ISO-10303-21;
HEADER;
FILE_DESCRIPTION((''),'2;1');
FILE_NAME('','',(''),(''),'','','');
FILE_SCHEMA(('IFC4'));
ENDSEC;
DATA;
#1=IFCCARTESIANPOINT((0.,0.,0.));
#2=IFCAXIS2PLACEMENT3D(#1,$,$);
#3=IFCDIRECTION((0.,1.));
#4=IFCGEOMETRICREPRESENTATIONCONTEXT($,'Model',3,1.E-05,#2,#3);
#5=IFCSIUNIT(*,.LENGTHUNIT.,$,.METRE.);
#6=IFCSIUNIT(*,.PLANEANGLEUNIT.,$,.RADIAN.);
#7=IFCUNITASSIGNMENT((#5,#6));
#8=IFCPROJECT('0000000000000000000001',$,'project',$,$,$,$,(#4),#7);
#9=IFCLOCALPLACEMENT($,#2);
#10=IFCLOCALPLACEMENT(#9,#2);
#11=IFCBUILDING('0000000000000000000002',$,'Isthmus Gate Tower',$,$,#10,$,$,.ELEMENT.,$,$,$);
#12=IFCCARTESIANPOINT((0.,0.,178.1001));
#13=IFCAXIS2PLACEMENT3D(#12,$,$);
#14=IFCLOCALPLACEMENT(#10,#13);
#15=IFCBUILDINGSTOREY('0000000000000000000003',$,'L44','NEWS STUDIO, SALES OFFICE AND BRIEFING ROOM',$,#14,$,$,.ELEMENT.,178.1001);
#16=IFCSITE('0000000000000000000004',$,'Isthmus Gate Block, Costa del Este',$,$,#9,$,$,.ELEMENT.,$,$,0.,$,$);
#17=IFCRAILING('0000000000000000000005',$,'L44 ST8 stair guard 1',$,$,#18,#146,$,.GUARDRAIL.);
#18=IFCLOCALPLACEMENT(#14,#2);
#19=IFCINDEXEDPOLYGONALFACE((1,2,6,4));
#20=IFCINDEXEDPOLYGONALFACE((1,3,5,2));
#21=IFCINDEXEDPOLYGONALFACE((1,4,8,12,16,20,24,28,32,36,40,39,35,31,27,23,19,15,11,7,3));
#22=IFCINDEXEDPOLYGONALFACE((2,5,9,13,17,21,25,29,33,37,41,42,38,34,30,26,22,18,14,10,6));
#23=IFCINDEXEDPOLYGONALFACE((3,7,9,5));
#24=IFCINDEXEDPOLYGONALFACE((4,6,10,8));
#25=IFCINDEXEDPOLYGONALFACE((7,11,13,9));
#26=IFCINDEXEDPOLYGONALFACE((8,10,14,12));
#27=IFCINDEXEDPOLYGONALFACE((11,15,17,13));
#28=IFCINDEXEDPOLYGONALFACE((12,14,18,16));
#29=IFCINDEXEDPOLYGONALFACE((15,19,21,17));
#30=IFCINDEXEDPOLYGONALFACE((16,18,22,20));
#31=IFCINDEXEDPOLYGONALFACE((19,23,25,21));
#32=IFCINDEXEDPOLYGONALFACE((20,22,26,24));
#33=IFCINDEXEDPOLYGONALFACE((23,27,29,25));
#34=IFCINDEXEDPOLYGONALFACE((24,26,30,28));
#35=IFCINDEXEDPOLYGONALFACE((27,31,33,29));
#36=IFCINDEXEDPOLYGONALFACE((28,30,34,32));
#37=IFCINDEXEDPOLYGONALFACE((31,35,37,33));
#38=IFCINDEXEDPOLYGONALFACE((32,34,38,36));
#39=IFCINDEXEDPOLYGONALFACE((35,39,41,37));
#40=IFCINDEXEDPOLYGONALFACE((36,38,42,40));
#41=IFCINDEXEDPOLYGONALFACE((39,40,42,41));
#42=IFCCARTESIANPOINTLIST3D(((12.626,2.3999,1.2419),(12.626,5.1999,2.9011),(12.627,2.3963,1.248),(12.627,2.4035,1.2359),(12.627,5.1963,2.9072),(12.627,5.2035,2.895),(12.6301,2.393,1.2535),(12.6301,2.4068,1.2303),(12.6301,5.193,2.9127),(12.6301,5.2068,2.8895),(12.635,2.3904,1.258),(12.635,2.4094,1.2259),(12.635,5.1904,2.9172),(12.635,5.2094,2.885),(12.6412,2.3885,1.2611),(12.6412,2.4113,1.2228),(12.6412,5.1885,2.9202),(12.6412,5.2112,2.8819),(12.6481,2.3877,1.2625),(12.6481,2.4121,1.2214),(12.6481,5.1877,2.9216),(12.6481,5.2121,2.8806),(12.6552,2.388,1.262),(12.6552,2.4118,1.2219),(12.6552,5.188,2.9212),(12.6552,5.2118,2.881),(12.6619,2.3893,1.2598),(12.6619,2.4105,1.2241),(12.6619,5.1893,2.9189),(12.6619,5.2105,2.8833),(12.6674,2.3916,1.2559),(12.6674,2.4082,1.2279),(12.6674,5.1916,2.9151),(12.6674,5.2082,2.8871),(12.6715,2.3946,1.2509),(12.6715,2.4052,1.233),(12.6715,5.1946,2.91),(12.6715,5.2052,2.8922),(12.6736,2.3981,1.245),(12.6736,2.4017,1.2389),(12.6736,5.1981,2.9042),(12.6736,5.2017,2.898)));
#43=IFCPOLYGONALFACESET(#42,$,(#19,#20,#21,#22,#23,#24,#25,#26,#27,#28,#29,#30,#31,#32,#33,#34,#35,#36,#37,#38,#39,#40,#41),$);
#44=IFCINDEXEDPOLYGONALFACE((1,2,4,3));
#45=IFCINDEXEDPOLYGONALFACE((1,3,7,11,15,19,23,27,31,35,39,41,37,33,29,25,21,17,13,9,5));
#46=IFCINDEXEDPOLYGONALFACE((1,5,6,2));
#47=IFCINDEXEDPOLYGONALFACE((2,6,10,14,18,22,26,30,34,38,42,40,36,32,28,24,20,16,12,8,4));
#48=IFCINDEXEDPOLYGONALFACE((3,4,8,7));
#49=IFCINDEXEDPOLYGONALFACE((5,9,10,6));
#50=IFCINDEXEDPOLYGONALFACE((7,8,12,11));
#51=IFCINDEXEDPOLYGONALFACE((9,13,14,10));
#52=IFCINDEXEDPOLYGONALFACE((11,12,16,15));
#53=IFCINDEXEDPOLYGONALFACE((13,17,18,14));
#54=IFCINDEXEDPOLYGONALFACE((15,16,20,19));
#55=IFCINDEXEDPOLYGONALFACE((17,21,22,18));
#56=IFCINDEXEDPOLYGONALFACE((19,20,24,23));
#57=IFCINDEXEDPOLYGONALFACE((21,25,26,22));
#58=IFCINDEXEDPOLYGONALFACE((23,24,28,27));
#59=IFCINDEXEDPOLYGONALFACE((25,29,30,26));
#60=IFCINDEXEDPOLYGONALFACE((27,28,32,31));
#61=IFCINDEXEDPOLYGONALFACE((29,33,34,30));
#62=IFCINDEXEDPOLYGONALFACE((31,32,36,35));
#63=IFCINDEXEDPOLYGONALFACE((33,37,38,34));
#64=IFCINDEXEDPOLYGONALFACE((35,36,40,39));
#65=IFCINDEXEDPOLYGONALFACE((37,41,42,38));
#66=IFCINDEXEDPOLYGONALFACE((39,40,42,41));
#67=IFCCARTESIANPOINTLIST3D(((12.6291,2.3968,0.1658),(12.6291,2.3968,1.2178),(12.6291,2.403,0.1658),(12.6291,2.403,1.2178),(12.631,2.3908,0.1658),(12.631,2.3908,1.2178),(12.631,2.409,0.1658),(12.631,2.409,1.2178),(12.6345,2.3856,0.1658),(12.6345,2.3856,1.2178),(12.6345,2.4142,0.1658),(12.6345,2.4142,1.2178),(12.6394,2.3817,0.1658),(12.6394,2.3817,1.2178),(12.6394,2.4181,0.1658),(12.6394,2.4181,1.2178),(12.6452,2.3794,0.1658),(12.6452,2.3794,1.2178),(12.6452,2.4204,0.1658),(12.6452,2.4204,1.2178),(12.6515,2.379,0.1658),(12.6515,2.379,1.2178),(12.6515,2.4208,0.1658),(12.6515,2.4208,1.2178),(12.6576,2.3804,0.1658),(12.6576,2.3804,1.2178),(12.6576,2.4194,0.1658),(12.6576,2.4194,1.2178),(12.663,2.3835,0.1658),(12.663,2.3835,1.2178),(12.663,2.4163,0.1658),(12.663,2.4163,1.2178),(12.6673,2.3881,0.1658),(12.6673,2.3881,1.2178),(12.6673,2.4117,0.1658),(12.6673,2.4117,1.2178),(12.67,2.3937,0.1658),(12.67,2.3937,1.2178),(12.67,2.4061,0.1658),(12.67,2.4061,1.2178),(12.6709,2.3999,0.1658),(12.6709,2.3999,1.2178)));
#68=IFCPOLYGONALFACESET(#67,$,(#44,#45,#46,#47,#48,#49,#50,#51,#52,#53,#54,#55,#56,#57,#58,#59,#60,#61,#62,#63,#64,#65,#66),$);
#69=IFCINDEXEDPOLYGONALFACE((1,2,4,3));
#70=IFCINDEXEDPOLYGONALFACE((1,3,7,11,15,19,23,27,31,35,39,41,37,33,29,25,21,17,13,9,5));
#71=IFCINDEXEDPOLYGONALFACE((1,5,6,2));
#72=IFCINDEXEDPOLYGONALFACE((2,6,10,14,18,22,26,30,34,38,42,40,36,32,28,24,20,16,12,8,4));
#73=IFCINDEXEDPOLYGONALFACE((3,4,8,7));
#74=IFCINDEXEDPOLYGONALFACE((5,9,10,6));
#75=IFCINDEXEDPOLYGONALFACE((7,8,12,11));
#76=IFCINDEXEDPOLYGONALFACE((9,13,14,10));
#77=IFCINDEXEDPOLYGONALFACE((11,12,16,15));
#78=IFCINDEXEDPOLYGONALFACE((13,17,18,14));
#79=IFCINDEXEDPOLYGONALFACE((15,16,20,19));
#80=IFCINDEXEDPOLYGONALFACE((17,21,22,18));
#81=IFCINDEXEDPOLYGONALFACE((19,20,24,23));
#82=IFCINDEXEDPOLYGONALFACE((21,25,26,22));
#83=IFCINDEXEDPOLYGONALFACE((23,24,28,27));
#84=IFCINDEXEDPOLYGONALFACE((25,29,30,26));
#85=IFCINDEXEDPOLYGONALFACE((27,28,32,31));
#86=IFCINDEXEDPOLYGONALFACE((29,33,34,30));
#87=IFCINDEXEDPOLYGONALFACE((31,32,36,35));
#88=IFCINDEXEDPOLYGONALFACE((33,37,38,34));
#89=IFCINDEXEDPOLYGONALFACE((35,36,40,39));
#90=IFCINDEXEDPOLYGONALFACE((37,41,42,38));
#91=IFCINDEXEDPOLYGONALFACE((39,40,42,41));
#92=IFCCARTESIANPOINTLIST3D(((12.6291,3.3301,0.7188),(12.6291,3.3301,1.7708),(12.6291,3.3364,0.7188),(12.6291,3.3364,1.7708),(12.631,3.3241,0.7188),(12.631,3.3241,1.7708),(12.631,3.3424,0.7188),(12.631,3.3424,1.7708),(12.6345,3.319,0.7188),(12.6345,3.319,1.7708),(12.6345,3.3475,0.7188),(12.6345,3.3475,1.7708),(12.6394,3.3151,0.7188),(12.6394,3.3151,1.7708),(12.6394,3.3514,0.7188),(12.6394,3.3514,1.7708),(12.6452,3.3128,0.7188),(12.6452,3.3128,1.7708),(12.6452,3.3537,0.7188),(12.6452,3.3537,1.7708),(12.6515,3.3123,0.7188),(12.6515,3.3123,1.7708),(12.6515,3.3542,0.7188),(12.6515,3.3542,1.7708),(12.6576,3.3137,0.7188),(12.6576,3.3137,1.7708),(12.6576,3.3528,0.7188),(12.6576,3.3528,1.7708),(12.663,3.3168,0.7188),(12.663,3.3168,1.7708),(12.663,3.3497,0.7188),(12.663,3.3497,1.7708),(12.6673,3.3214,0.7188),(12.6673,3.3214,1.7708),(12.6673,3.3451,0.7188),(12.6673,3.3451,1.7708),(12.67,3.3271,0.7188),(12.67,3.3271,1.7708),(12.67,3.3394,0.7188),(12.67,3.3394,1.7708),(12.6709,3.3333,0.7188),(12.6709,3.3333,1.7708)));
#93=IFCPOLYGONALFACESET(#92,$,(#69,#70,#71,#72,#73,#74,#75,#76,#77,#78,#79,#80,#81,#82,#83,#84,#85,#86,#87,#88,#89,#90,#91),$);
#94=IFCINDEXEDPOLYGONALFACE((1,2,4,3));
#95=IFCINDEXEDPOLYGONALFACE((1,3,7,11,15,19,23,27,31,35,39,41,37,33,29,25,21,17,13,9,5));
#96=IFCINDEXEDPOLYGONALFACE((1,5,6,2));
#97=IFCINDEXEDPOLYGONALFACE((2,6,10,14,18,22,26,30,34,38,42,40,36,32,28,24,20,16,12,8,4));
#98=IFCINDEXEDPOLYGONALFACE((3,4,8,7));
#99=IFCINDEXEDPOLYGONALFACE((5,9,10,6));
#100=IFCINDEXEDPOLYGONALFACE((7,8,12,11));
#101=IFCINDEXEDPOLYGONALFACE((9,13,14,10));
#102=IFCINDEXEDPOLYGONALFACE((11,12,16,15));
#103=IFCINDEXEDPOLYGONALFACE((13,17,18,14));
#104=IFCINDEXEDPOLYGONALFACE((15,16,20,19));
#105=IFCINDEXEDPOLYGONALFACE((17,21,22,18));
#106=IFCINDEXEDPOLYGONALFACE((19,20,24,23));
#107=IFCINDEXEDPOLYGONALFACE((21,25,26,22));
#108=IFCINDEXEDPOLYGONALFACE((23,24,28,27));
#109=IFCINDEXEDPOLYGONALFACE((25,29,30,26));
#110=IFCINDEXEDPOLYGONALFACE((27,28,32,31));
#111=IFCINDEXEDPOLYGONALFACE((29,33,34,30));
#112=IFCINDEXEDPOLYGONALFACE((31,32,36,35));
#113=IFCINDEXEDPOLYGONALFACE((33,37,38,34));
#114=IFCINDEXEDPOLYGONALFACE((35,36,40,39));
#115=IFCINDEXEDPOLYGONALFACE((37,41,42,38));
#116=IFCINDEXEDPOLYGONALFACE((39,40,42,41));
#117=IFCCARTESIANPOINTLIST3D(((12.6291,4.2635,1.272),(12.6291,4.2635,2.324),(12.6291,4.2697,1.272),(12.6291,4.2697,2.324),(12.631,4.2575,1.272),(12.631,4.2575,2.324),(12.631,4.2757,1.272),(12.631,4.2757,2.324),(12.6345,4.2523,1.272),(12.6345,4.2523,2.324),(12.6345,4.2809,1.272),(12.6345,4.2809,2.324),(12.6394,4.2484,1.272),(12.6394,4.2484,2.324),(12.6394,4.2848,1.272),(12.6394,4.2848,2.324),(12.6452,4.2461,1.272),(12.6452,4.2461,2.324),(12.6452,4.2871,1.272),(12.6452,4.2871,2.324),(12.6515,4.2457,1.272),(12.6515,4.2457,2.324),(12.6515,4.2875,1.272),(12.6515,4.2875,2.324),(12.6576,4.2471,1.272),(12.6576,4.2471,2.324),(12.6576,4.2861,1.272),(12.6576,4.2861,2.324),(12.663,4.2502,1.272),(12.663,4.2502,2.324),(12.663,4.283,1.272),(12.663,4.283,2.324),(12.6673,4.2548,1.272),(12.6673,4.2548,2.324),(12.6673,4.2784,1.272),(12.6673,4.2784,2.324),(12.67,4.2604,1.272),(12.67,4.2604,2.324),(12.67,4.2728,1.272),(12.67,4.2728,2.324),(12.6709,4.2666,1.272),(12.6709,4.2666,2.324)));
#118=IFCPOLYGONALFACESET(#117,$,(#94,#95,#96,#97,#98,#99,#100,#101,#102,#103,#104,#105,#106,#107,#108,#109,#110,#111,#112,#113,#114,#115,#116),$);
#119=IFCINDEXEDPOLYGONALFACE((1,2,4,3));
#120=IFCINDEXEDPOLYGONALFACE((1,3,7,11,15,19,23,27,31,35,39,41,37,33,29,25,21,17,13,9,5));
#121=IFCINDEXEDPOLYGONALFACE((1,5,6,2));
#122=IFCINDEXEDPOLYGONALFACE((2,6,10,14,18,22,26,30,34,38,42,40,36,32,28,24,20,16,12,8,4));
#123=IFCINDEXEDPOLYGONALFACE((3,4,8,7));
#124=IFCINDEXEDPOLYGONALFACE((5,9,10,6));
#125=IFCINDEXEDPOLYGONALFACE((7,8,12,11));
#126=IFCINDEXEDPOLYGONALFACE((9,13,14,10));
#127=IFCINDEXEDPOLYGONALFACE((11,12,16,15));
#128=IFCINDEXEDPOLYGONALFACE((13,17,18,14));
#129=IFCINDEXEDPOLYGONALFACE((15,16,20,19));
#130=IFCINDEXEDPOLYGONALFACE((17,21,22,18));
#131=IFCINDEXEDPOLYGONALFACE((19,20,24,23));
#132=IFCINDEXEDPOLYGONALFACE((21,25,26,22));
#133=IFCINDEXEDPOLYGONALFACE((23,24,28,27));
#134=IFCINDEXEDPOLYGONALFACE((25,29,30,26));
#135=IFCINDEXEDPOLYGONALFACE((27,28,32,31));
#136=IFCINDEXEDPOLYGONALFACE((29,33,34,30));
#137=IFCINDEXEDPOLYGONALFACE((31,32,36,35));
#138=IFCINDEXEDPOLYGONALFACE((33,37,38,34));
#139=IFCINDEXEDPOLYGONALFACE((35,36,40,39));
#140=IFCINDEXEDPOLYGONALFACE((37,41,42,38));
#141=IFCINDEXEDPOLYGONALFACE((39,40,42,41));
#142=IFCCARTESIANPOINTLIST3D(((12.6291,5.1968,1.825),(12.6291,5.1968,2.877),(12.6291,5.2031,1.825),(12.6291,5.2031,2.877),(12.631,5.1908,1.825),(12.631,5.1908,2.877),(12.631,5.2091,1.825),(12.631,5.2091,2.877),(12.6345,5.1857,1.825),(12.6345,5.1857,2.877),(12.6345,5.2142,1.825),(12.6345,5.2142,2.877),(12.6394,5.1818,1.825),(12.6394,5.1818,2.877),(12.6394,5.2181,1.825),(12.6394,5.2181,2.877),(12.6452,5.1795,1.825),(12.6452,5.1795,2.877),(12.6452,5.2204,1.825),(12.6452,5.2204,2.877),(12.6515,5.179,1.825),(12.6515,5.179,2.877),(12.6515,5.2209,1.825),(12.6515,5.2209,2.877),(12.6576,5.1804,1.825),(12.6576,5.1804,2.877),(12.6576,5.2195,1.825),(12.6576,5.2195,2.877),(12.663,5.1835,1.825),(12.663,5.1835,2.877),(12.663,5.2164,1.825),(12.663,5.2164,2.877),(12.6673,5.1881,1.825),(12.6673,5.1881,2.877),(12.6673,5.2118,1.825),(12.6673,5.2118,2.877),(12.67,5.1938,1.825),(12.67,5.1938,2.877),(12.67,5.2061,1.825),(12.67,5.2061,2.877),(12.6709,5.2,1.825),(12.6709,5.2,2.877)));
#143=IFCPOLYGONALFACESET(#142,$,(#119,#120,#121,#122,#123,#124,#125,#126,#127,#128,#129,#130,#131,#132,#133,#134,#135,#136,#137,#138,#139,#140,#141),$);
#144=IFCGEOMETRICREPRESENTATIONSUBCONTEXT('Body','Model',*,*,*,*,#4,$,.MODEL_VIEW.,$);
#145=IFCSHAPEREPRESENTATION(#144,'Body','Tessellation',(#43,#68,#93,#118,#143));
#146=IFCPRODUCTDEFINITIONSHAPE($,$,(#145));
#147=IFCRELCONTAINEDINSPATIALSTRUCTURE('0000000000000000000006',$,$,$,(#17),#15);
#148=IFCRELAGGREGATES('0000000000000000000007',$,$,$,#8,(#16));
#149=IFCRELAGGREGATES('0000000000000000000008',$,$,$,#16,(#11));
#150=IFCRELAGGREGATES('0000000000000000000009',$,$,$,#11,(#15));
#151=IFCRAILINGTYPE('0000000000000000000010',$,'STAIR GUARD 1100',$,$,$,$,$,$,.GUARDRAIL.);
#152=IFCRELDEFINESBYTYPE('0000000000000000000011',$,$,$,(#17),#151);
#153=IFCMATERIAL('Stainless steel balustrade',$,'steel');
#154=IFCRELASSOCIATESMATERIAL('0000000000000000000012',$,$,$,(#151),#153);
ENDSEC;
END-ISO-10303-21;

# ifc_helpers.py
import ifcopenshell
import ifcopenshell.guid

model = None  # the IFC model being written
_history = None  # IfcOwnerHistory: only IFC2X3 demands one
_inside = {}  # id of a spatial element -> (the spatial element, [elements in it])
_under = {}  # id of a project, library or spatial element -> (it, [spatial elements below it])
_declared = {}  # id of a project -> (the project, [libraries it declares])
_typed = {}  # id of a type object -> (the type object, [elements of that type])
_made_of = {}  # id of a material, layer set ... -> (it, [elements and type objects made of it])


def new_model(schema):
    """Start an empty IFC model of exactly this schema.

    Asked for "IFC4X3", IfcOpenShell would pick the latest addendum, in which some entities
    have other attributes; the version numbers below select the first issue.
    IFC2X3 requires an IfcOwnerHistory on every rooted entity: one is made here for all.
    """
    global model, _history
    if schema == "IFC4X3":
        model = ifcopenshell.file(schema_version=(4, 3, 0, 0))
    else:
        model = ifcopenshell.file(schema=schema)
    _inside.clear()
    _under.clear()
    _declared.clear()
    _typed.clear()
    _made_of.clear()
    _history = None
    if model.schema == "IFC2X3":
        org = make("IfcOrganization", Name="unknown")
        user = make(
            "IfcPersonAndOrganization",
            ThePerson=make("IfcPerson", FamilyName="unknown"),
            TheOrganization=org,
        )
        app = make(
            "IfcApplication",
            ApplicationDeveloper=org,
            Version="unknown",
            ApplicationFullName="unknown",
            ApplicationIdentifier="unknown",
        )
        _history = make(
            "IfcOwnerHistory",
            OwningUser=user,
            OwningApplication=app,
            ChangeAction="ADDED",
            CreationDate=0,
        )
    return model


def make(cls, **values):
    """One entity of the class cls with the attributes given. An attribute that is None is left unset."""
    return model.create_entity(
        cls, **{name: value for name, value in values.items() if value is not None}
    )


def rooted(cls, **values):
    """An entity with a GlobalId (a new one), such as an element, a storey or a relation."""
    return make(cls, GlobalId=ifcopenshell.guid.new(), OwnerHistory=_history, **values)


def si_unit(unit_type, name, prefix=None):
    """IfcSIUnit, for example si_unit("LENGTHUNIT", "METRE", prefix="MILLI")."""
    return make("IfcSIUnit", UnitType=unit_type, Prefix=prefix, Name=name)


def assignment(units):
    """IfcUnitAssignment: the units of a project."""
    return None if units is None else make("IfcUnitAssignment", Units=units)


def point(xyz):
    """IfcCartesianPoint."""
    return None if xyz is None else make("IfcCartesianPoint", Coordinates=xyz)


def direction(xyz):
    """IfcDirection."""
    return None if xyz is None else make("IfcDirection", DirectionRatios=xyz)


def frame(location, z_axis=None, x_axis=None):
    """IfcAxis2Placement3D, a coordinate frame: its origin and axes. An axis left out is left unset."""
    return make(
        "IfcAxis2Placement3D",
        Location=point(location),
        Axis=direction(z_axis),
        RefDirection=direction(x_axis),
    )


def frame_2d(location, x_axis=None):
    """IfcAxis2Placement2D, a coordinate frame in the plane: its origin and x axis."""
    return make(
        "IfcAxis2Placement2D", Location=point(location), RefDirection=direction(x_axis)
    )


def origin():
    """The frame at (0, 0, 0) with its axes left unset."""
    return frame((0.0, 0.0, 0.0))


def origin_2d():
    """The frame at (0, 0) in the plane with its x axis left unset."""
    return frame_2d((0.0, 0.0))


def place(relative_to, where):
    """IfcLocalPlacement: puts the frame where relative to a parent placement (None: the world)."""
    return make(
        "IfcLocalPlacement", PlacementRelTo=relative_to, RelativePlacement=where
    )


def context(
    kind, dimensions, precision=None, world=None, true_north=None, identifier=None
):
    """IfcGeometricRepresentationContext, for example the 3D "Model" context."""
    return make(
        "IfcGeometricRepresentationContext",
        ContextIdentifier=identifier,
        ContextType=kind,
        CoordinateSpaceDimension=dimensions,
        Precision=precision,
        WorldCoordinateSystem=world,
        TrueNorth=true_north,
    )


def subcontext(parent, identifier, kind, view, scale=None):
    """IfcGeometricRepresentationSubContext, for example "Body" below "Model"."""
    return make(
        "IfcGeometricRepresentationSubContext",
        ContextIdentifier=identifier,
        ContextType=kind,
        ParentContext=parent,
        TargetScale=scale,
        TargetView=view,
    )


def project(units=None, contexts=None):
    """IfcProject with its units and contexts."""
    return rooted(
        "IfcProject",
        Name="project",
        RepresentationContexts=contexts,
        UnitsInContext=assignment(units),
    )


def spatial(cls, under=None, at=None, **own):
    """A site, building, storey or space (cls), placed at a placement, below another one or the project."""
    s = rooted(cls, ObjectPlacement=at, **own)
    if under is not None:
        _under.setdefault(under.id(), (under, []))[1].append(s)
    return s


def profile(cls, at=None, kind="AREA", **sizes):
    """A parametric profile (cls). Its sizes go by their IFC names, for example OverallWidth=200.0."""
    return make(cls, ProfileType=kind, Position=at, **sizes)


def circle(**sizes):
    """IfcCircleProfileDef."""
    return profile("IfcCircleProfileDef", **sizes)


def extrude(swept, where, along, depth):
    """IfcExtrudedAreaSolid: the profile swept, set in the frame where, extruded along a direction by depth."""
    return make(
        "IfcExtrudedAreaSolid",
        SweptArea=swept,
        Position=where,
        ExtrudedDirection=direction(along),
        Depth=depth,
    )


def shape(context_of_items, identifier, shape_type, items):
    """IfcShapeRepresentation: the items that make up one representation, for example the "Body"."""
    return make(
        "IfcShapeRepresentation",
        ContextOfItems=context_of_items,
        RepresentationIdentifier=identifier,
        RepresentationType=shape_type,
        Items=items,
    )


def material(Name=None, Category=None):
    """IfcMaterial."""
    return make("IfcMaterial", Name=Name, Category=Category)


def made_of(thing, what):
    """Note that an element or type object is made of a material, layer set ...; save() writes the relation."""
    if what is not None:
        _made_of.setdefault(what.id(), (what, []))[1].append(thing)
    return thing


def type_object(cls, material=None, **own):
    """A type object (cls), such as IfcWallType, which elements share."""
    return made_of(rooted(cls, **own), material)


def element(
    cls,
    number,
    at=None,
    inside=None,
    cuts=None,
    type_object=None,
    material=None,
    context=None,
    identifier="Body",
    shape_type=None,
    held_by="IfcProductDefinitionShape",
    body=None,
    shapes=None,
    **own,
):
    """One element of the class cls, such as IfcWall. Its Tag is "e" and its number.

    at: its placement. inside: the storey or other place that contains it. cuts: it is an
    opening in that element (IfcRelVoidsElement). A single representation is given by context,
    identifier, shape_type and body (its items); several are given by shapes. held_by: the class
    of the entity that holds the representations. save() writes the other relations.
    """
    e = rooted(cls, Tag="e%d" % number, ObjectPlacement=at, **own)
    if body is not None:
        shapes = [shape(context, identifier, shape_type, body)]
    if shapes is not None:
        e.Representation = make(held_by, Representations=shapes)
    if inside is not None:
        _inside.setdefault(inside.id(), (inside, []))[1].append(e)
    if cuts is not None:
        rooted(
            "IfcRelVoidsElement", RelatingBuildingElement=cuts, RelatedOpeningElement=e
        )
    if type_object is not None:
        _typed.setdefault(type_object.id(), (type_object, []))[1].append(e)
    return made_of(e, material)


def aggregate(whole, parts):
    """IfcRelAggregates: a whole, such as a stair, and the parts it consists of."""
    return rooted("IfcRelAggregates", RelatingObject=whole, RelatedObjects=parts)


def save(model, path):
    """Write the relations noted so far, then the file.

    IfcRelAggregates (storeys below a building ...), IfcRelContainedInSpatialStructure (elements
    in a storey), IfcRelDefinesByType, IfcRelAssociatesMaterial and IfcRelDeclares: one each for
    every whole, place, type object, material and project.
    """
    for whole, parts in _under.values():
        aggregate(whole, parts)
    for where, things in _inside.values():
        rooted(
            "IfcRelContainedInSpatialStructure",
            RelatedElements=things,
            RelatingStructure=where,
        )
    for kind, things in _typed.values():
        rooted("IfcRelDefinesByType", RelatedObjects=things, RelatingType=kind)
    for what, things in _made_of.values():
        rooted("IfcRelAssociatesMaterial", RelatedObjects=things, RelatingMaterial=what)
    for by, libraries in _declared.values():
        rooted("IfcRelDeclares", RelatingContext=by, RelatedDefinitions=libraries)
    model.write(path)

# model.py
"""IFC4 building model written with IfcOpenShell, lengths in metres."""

from ifc_helpers import new_model, si_unit, direction, frame, origin, origin_2d, place, context, subcontext, project, spatial, circle, extrude, material, type_object, element, save


model = new_model("IFC4")

# Units and contexts
model_context = context("Model", 3, precision=1e-05, world=origin(), true_north=direction((0.0, 1.0)))
body_context = subcontext(model_context, "Body", "Model", "MODEL_VIEW")
ifc_project = project(units=[si_unit("LENGTHUNIT", "METRE"), si_unit("PLANEANGLEUNIT", "RADIAN")], contexts=[model_context])

# Site, building, storey
site_placement = place(None, origin())
site = spatial("IfcSite", under=ifc_project, at=site_placement, Name="Isthmus Gate Block, Costa del Este", CompositionType="ELEMENT", RefElevation=0.0)
building_placement = place(site_placement, origin())
building = spatial("IfcBuilding", under=site, at=building_placement, Name="Isthmus Gate Tower", CompositionType="ELEMENT")
storey_placement = place(building_placement, frame((0.0, 0.0, 178.1001)))
storey = spatial("IfcBuildingStorey", under=building, at=storey_placement, Name="L44", Description="NEWS STUDIO, SALES OFFICE AND BRIEFING ROOM", CompositionType="ELEMENT", Elevation=178.1001)

# Railing
ifc_material_1 = material(Name="Stainless steel balustrade", Category="steel")
railing_type_1 = type_object("IfcRailingType", Name="STAIR GUARD 1100", PredefinedType="GUARDRAIL", material=ifc_material_1)
railing_1_placement = place(storey_placement, frame((12.6499, 2.3999, 0.1658)))
element("IfcRailing", 1, at=railing_1_placement, inside=storey, type_object=railing_type_1, Name="L44 ST8 stair guard 1", PredefinedType="GUARDRAIL", context=body_context, shape_type="SweptSolid", body=[
    extrude(circle(Radius=0.0239, at=origin_2d()), frame((0.0, 0.0, 1.0762), z_axis=(0.0, 0.860306, 0.509778), x_axis=(-1.0, 0.0, 0.0)), (0.0, 0.0, 1.0), 3.2546),
    extrude(circle(Radius=0.021, at=origin_2d()), origin(), (0.0, 0.0, 1.0), 1.052),
    extrude(circle(Radius=0.021, at=origin_2d()), frame((0.0, 0.9333, 0.553)), (0.0, 0.0, 1.0), 1.052),
    extrude(circle(Radius=0.021, at=origin_2d()), frame((0.0, 1.8667, 1.1062)), (0.0, 0.0, 1.0), 1.052),
    extrude(circle(Radius=0.021, at=origin_2d()), frame((0.0, 2.8, 1.6592)), (0.0, 0.0, 1.0), 1.052),
])

save(model, "model.ifc")
